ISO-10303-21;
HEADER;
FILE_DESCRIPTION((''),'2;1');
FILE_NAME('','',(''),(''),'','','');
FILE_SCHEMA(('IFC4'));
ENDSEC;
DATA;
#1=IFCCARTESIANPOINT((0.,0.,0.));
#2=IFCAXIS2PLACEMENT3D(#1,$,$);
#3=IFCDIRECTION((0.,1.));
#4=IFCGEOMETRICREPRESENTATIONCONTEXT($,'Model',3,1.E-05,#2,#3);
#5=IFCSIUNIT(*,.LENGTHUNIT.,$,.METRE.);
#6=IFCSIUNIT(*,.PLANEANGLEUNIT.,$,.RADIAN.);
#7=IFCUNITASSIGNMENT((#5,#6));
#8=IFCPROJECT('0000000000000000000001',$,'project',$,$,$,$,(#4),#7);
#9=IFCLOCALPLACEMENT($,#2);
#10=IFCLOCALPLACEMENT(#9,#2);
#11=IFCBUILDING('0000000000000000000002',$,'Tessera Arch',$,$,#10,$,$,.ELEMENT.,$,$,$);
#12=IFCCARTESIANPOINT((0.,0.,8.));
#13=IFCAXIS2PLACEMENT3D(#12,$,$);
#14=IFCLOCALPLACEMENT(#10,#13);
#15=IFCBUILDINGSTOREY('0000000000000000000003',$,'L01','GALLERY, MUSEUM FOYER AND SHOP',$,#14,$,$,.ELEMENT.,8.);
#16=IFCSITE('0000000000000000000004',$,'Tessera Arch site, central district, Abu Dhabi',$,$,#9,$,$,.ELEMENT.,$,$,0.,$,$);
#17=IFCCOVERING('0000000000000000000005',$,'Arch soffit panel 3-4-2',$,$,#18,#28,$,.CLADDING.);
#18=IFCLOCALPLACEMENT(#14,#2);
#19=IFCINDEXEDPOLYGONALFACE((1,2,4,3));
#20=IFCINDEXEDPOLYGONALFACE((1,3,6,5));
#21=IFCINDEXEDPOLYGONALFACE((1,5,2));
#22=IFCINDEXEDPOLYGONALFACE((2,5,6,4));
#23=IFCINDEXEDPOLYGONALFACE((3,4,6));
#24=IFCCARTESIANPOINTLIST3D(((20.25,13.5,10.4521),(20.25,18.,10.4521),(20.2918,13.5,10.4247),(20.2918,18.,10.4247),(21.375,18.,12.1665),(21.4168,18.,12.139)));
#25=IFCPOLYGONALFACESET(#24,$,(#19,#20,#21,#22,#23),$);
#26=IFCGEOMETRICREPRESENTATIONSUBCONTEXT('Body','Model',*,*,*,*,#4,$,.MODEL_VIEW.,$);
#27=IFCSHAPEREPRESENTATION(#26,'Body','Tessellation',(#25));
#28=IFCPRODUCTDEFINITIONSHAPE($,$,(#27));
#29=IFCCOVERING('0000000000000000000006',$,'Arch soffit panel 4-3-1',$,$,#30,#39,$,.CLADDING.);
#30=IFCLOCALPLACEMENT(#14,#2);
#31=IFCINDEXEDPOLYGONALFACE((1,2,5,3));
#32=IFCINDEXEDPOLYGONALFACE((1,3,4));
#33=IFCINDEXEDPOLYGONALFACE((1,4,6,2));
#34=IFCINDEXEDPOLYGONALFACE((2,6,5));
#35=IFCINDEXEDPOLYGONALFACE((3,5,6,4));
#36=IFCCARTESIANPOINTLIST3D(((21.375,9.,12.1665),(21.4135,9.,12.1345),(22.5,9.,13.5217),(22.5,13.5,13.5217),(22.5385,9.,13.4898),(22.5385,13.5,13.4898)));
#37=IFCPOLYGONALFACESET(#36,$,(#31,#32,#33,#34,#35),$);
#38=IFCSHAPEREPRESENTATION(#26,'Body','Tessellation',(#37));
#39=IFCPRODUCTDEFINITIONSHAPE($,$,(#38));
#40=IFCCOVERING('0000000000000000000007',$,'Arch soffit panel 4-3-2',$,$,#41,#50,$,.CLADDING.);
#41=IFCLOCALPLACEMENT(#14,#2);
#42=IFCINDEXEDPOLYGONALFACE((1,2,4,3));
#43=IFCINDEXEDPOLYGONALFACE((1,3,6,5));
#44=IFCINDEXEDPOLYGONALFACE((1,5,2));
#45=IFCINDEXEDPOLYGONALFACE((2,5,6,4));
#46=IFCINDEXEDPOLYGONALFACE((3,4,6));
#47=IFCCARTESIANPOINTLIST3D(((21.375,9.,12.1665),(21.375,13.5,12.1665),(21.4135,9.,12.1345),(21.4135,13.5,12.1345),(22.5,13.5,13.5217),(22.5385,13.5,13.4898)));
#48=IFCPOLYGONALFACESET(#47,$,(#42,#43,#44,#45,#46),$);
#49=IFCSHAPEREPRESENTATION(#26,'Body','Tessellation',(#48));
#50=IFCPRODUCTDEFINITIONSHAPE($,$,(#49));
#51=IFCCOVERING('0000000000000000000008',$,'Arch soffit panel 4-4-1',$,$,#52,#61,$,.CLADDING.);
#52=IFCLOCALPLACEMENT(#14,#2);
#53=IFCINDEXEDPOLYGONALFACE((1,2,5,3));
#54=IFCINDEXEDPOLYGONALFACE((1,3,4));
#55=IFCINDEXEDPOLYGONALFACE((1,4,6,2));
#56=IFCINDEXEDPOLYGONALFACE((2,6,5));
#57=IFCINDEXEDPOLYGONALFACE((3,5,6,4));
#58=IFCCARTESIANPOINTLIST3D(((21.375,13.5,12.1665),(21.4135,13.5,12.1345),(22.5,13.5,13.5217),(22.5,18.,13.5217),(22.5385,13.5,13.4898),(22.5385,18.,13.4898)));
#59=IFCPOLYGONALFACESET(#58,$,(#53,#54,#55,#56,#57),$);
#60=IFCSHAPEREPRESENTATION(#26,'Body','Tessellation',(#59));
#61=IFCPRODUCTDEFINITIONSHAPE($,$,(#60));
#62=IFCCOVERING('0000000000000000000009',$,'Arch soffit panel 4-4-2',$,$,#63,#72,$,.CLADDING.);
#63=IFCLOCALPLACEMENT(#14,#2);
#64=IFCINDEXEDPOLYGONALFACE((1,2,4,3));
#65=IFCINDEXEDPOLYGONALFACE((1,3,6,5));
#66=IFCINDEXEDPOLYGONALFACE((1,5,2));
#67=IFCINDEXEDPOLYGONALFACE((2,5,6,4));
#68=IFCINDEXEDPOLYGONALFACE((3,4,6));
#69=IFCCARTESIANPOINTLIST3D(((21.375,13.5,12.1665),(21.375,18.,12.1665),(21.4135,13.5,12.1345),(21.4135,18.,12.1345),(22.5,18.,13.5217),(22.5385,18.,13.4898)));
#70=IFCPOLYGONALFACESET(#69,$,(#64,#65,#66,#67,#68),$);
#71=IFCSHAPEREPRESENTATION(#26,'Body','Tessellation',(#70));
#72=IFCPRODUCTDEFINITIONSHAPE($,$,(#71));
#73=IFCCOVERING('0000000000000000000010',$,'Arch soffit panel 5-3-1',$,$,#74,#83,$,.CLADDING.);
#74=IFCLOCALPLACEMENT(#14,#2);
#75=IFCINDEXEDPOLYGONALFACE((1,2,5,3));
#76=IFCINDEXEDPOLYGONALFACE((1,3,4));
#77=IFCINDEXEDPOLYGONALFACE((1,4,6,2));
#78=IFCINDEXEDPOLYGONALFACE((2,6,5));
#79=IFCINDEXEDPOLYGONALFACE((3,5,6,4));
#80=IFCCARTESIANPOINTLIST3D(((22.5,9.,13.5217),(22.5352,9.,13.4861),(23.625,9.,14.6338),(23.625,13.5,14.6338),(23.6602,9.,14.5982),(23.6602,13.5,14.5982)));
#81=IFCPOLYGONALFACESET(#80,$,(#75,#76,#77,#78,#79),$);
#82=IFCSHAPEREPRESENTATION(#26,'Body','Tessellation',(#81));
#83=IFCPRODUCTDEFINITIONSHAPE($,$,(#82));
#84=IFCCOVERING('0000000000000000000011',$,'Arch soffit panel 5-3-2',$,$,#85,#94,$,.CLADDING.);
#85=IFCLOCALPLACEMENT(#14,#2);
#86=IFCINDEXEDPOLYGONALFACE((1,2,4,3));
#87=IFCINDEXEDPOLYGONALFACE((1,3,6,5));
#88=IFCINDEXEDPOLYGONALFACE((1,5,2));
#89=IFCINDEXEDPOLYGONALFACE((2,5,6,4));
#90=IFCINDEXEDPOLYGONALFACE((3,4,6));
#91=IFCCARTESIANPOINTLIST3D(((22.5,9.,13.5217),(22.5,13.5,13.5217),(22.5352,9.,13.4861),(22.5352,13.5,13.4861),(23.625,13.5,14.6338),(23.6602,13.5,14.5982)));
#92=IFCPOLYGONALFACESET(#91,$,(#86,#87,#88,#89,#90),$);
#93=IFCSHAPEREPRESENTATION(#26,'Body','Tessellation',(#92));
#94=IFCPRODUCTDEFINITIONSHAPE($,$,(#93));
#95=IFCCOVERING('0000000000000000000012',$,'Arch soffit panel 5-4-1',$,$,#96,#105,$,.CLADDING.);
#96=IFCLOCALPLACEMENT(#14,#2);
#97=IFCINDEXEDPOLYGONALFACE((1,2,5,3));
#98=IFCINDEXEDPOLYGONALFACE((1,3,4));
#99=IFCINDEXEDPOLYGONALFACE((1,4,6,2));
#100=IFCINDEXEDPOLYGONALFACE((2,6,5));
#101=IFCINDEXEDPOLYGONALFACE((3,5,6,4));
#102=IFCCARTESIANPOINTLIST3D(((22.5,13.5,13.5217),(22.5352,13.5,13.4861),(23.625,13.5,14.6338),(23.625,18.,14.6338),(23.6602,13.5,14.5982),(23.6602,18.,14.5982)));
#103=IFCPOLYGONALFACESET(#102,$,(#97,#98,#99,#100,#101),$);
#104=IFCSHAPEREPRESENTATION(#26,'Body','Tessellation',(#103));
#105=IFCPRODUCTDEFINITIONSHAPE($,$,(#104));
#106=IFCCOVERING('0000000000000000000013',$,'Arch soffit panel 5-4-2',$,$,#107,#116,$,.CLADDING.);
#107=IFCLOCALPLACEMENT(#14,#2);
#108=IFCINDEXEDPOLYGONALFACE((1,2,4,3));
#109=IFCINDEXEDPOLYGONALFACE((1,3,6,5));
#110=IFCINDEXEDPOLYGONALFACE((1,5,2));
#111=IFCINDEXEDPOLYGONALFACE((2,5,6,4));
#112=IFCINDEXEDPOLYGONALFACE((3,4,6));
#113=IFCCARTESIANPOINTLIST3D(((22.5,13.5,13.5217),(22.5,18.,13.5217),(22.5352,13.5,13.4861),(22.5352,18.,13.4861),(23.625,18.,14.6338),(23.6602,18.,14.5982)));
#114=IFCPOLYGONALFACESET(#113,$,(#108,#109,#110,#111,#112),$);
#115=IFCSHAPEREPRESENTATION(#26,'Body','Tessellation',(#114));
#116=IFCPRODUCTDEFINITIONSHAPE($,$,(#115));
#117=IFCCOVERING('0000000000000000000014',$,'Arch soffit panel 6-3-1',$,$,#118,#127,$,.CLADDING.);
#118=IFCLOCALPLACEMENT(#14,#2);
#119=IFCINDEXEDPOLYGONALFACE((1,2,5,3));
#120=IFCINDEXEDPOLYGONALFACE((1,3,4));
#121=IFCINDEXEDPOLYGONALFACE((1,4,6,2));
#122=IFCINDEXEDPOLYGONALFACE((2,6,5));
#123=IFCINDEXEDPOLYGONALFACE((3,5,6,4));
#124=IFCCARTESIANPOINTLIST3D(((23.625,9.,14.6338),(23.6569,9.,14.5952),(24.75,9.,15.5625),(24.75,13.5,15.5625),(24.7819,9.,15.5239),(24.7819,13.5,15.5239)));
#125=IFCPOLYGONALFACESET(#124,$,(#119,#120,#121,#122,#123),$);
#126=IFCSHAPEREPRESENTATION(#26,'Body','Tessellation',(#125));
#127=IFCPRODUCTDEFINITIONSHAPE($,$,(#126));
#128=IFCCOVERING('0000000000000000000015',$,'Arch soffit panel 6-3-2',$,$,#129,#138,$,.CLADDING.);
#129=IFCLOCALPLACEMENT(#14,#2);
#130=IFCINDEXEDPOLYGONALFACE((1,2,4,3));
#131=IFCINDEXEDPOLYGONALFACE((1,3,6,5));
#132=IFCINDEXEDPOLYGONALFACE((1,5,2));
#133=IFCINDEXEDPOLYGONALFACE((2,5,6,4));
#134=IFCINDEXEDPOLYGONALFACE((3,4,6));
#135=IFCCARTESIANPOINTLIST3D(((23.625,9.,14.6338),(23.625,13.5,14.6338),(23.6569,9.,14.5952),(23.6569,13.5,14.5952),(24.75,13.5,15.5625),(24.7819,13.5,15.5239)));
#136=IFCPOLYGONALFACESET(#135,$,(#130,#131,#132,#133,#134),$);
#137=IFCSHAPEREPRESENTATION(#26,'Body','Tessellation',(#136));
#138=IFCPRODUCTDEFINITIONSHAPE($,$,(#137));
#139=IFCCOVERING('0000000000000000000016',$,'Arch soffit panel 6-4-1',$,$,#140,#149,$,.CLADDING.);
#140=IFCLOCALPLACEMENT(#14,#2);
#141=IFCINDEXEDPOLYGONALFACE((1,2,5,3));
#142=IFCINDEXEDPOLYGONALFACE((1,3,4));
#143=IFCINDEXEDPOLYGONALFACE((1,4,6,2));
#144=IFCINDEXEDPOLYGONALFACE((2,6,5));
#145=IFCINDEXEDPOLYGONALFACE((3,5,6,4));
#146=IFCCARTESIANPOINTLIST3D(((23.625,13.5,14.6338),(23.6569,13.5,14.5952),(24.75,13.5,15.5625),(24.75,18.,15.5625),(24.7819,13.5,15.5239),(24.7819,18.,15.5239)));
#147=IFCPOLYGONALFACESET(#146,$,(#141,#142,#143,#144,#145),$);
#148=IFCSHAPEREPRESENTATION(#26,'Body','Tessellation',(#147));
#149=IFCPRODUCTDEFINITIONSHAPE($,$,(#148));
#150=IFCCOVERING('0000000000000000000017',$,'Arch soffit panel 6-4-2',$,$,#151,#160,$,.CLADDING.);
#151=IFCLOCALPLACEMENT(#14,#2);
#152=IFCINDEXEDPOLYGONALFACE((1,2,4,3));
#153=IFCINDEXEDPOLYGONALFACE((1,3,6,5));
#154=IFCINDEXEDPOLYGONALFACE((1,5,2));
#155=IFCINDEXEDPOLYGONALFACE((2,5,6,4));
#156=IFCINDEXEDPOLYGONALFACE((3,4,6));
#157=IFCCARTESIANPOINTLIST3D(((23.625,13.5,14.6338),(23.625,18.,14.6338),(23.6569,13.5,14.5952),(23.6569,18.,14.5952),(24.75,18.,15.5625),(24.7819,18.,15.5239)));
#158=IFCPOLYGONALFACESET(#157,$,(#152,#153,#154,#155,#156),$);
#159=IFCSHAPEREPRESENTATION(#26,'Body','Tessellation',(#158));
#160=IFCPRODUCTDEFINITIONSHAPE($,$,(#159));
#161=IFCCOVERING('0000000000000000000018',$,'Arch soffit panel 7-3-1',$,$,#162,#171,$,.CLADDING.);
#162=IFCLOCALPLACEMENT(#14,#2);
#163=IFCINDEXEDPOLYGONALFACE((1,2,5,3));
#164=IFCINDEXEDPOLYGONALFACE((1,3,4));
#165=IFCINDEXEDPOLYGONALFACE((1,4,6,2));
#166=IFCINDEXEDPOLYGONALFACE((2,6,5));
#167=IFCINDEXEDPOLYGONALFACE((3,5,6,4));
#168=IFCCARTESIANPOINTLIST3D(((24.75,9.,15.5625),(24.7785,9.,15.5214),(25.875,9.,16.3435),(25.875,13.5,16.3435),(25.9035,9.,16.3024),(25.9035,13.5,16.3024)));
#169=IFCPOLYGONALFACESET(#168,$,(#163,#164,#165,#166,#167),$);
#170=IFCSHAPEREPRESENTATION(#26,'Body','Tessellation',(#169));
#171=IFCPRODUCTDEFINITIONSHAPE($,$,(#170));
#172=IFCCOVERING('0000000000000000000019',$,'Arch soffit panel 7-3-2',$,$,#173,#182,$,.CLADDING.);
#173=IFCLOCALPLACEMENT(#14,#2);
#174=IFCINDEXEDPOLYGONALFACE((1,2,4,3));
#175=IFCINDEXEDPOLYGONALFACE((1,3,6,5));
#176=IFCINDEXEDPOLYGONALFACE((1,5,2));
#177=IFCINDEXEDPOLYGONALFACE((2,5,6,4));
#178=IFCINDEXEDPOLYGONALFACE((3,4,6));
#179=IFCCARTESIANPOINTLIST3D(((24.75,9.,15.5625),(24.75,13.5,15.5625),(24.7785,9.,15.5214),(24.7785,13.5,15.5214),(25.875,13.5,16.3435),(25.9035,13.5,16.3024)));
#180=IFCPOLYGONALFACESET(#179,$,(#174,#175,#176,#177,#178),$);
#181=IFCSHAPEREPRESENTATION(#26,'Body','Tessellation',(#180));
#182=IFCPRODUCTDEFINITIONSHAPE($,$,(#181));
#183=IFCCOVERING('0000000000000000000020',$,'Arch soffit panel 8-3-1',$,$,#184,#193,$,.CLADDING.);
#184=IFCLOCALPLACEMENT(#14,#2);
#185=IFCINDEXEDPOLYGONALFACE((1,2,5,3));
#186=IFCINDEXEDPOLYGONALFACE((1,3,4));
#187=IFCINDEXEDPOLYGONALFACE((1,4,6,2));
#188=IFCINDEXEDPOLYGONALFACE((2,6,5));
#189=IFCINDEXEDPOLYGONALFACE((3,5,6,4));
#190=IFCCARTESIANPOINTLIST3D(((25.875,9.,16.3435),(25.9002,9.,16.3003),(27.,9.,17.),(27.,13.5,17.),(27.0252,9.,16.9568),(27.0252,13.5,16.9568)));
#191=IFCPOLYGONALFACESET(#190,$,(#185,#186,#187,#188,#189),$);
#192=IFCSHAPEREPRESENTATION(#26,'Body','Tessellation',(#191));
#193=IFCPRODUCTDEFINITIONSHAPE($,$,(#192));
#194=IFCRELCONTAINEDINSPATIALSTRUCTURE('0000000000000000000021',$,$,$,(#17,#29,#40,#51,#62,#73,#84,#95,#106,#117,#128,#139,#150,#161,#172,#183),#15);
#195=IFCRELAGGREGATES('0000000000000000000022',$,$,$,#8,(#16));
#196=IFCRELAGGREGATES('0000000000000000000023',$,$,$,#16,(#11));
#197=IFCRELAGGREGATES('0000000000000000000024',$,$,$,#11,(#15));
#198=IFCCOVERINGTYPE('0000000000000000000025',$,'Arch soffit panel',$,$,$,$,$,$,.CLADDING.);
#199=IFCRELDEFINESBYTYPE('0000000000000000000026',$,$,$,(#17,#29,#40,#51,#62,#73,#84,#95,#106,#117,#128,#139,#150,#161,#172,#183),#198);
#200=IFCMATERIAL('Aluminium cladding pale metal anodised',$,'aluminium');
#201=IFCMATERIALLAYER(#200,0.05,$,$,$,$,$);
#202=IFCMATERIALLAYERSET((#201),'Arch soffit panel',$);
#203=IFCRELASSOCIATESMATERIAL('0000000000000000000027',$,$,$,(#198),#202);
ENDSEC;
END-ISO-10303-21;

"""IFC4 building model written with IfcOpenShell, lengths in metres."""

from ifc_helpers import new_model, si_unit, direction, frame, origin, place, context, subcontext, project, spatial, polyline, outline, extrude, material, layer, layer_set, type_object, element, save


model = new_model("IFC4")

# Units and contexts
model_context = context("Model", 3, precision=1e-05, world=origin(), true_north=direction((0.0, 1.0)))
body_context = subcontext(model_context, "Body", "Model", "MODEL_VIEW")
ifc_project = project(units=[si_unit("LENGTHUNIT", "METRE"), si_unit("PLANEANGLEUNIT", "RADIAN")], contexts=[model_context])

# Site, building, storey
site_placement = place(None, origin())
site = spatial("IfcSite", under=ifc_project, at=site_placement, Name="Tessera Arch site, central district, Abu Dhabi", CompositionType="ELEMENT", RefElevation=0.0)
building_placement = place(site_placement, origin())
building = spatial("IfcBuilding", under=site, at=building_placement, Name="Tessera Arch", CompositionType="ELEMENT")
storey_placement = place(building_placement, frame((0.0, 0.0, 8.0)))
storey = spatial("IfcBuildingStorey", under=building, at=storey_placement, Name="L01", Description="GALLERY, MUSEUM FOYER AND SHOP", CompositionType="ELEMENT", Elevation=8.0)

# Coverings
ifc_material = material(Name="Aluminium cladding pale metal anodised", Category="aluminium")
ifc_layer = layer(ifc_material, 0.05)
ifc_layer_set = layer_set([ifc_layer], Name="Arch soffit panel")
covering_type = type_object("IfcCoveringType", Name="Arch soffit panel", PredefinedType="CLADDING", material=ifc_layer_set)
covering_1_placement = place(storey_placement, frame((20.25, 13.5, 10.4521), z_axis=(-0.836058, 0.0, 0.548641), x_axis=(0.227495, 0.90998, 0.346673)))
element("IfcCovering", 1, at=covering_1_placement, inside=storey, type_object=covering_type, Name="Arch soffit panel 3-4-2", PredefinedType="CLADDING", context=body_context, shape_type="SweptSolid", body=[
    extrude(outline(polyline([(0.0, 0.0), (4.9452, 0.0), (4.0949, 1.8659), (0.0, 0.0)])), origin(), (0.0, 0.0, -1.0), 0.05),
])
covering_2_placement = place(storey_placement, frame((21.375, 9.0, 12.1665), z_axis=(-0.769436, 0.0, 0.638724), x_axis=(0.638724, 0.0, 0.769436)))
element("IfcCovering", 2, at=covering_2_placement, inside=storey, type_object=covering_type, Name="Arch soffit panel 4-3-1", PredefinedType="CLADDING", context=body_context, shape_type="SweptSolid", body=[
    extrude(outline(polyline([(0.0, 0.0), (1.7613, 0.0), (1.7613, 4.5), (0.0, 0.0)])), origin(), (0.0, 0.0, -1.0), 0.05),
])
covering_3_placement = place(storey_placement, frame((21.375, 9.0, 12.1665), z_axis=(-0.769436, 0.0, 0.638724), x_axis=(0.232803, 0.931211, 0.280444)))
element("IfcCovering", 3, at=covering_3_placement, inside=storey, type_object=covering_type, Name="Arch soffit panel 4-3-2", PredefinedType="CLADDING", context=body_context, shape_type="SweptSolid", body=[
    extrude(outline(polyline([(0.0, 0.0), (4.8324, 0.0), (4.1904, 1.6402), (0.0, 0.0)])), origin(), (0.0, 0.0, -1.0), 0.05),
])
covering_4_placement = place(storey_placement, frame((21.375, 13.5, 12.1665), z_axis=(-0.769436, 0.0, 0.638724), x_axis=(0.638724, 0.0, 0.769436)))
element("IfcCovering", 4, at=covering_4_placement, inside=storey, type_object=covering_type, Name="Arch soffit panel 4-4-1", PredefinedType="CLADDING", context=body_context, shape_type="SweptSolid", body=[
    extrude(outline(polyline([(0.0, 0.0), (1.7613, 0.0), (1.7613, 4.5), (0.0, 0.0)])), origin(), (0.0, 0.0, -1.0), 0.05),
])
covering_5_placement = place(storey_placement, frame((21.375, 13.5, 12.1665), z_axis=(-0.769436, 0.0, 0.638724), x_axis=(0.232803, 0.931211, 0.280444)))
element("IfcCovering", 5, at=covering_5_placement, inside=storey, type_object=covering_type, Name="Arch soffit panel 4-4-2", PredefinedType="CLADDING", context=body_context, shape_type="SweptSolid", body=[
    extrude(outline(polyline([(0.0, 0.0), (4.8324, 0.0), (4.1904, 1.6402), (0.0, 0.0)])), origin(), (0.0, 0.0, -1.0), 0.05),
])
covering_6_placement = place(storey_placement, frame((22.5, 9.0, 13.5217), z_axis=(-0.703005, 0.0, 0.711185), x_axis=(0.711185, 0.0, 0.703005)))
element("IfcCovering", 6, at=covering_6_placement, inside=storey, type_object=covering_type, Name="Arch soffit panel 5-3-1", PredefinedType="CLADDING", context=body_context, shape_type="SweptSolid", body=[
    extrude(outline(polyline([(0.0, 0.0), (1.5819, 0.0), (1.5819, 4.5), (0.0, 0.0)])), origin(), (0.0, 0.0, -1.0), 0.05),
])
covering_7_placement = place(storey_placement, frame((22.5, 9.0, 13.5217), z_axis=(-0.703005, 0.0, 0.711185), x_axis=(0.235852, 0.943409, 0.233139)))
element("IfcCovering", 7, at=covering_7_placement, inside=storey, type_object=covering_type, Name="Arch soffit panel 5-3-2", PredefinedType="CLADDING", context=body_context, shape_type="SweptSolid", body=[
    extrude(outline(polyline([(0.0, 0.0), (4.7699, 0.0), (4.2453, 1.4923), (0.0, 0.0)])), origin(), (0.0, 0.0, -1.0), 0.05),
])
covering_8_placement = place(storey_placement, frame((22.5, 13.5, 13.5217), z_axis=(-0.703005, 0.0, 0.711185), x_axis=(0.711185, 0.0, 0.703005)))
element("IfcCovering", 8, at=covering_8_placement, inside=storey, type_object=covering_type, Name="Arch soffit panel 5-4-1", PredefinedType="CLADDING", context=body_context, shape_type="SweptSolid", body=[
    extrude(outline(polyline([(0.0, 0.0), (1.5819, 0.0), (1.5819, 4.5), (0.0, 0.0)])), origin(), (0.0, 0.0, -1.0), 0.05),
])
covering_9_placement = place(storey_placement, frame((22.5, 13.5, 13.5217), z_axis=(-0.703005, 0.0, 0.711185), x_axis=(0.235852, 0.943409, 0.233139)))
element("IfcCovering", 9, at=covering_9_placement, inside=storey, type_object=covering_type, Name="Arch soffit panel 5-4-2", PredefinedType="CLADDING", context=body_context, shape_type="SweptSolid", body=[
    extrude(outline(polyline([(0.0, 0.0), (4.7699, 0.0), (4.2453, 1.4923), (0.0, 0.0)])), origin(), (0.0, 0.0, -1.0), 0.05),
])
covering_10_placement = place(storey_placement, frame((23.625, 9.0, 14.6338), z_axis=(-0.636622, 0.0, 0.771176), x_axis=(0.771176, 0.0, 0.636622)))
element("IfcCovering", 10, at=covering_10_placement, inside=storey, type_object=covering_type, Name="Arch soffit panel 6-3-1", PredefinedType="CLADDING", context=body_context, shape_type="SweptSolid", body=[
    extrude(outline(polyline([(0.0, 0.0), (1.4588, 0.0), (1.4588, 4.5), (0.0, 0.0)])), origin(), (0.0, 0.0, -1.0), 0.05),
])
covering_11_placement = place(storey_placement, frame((23.625, 9.0, 14.6338), z_axis=(-0.636622, 0.0, 0.771176), x_axis=(0.237816, 0.951263, 0.196322)))
element("IfcCovering", 11, at=covering_11_placement, inside=storey, type_object=covering_type, Name="Arch soffit panel 6-3-2", PredefinedType="CLADDING", context=body_context, shape_type="SweptSolid", body=[
    extrude(outline(polyline([(0.0, 0.0), (4.7306, 0.0), (4.2807, 1.3877), (0.0, 0.0)])), origin(), (0.0, 0.0, -1.0), 0.05),
])
covering_12_placement = place(storey_placement, frame((23.625, 13.5, 14.6338), z_axis=(-0.636622, 0.0, 0.771176), x_axis=(0.771176, 0.0, 0.636622)))
element("IfcCovering", 12, at=covering_12_placement, inside=storey, type_object=covering_type, Name="Arch soffit panel 6-4-1", PredefinedType="CLADDING", context=body_context, shape_type="SweptSolid", body=[
    extrude(outline(polyline([(0.0, 0.0), (1.4588, 0.0), (1.4588, 4.5), (0.0, 0.0)])), origin(), (0.0, 0.0, -1.0), 0.05),
])
covering_13_placement = place(storey_placement, frame((23.625, 13.5, 14.6338), z_axis=(-0.636622, 0.0, 0.771176), x_axis=(0.237816, 0.951263, 0.196322)))
element("IfcCovering", 13, at=covering_13_placement, inside=storey, type_object=covering_type, Name="Arch soffit panel 6-4-2", PredefinedType="CLADDING", context=body_context, shape_type="SweptSolid", body=[
    extrude(outline(polyline([(0.0, 0.0), (4.7306, 0.0), (4.2807, 1.3877), (0.0, 0.0)])), origin(), (0.0, 0.0, -1.0), 0.05),
])
covering_14_placement = place(storey_placement, frame((24.75, 9.0, 15.5625), z_axis=(-0.570276, 0.0, 0.821453), x_axis=(0.821453, 0.0, 0.570276)))
element("IfcCovering", 14, at=covering_14_placement, inside=storey, type_object=covering_type, Name="Arch soffit panel 7-3-1", PredefinedType="CLADDING", context=body_context, shape_type="SweptSolid", body=[
    extrude(outline(polyline([(0.0, 0.0), (1.3695, 0.0), (1.3695, 4.5), (0.0, 0.0)])), origin(), (0.0, 0.0, -1.0), 0.05),
])
covering_15_placement = place(storey_placement, frame((24.75, 9.0, 15.5625), z_axis=(-0.570276, 0.0, 0.821453), x_axis=(0.239169, 0.956676, 0.166038)))
element("IfcCovering", 15, at=covering_15_placement, inside=storey, type_object=covering_type, Name="Arch soffit panel 7-3-2", PredefinedType="CLADDING", context=body_context, shape_type="SweptSolid", body=[
    extrude(outline(polyline([(0.0, 0.0), (4.7038, 0.0), (4.305, 1.3102), (0.0, 0.0)])), origin(), (0.0, 0.0, -1.0), 0.05),
])
covering_16_placement = place(storey_placement, frame((25.875, 9.0, 16.3435), z_axis=(-0.504011, 0.0, 0.863697), x_axis=(0.863697, 0.0, 0.504011)))
element("IfcCovering", 16, at=covering_16_placement, inside=storey, type_object=covering_type, Name="Arch soffit panel 8-3-1", PredefinedType="CLADDING", context=body_context, shape_type="SweptSolid", body=[
    extrude(outline(polyline([(0.0, 0.0), (1.3025, 0.0), (1.3025, 4.5), (0.0, 0.0)])), origin(), (0.0, 0.0, -1.0), 0.05),
])

save(model, "model.ifc")
